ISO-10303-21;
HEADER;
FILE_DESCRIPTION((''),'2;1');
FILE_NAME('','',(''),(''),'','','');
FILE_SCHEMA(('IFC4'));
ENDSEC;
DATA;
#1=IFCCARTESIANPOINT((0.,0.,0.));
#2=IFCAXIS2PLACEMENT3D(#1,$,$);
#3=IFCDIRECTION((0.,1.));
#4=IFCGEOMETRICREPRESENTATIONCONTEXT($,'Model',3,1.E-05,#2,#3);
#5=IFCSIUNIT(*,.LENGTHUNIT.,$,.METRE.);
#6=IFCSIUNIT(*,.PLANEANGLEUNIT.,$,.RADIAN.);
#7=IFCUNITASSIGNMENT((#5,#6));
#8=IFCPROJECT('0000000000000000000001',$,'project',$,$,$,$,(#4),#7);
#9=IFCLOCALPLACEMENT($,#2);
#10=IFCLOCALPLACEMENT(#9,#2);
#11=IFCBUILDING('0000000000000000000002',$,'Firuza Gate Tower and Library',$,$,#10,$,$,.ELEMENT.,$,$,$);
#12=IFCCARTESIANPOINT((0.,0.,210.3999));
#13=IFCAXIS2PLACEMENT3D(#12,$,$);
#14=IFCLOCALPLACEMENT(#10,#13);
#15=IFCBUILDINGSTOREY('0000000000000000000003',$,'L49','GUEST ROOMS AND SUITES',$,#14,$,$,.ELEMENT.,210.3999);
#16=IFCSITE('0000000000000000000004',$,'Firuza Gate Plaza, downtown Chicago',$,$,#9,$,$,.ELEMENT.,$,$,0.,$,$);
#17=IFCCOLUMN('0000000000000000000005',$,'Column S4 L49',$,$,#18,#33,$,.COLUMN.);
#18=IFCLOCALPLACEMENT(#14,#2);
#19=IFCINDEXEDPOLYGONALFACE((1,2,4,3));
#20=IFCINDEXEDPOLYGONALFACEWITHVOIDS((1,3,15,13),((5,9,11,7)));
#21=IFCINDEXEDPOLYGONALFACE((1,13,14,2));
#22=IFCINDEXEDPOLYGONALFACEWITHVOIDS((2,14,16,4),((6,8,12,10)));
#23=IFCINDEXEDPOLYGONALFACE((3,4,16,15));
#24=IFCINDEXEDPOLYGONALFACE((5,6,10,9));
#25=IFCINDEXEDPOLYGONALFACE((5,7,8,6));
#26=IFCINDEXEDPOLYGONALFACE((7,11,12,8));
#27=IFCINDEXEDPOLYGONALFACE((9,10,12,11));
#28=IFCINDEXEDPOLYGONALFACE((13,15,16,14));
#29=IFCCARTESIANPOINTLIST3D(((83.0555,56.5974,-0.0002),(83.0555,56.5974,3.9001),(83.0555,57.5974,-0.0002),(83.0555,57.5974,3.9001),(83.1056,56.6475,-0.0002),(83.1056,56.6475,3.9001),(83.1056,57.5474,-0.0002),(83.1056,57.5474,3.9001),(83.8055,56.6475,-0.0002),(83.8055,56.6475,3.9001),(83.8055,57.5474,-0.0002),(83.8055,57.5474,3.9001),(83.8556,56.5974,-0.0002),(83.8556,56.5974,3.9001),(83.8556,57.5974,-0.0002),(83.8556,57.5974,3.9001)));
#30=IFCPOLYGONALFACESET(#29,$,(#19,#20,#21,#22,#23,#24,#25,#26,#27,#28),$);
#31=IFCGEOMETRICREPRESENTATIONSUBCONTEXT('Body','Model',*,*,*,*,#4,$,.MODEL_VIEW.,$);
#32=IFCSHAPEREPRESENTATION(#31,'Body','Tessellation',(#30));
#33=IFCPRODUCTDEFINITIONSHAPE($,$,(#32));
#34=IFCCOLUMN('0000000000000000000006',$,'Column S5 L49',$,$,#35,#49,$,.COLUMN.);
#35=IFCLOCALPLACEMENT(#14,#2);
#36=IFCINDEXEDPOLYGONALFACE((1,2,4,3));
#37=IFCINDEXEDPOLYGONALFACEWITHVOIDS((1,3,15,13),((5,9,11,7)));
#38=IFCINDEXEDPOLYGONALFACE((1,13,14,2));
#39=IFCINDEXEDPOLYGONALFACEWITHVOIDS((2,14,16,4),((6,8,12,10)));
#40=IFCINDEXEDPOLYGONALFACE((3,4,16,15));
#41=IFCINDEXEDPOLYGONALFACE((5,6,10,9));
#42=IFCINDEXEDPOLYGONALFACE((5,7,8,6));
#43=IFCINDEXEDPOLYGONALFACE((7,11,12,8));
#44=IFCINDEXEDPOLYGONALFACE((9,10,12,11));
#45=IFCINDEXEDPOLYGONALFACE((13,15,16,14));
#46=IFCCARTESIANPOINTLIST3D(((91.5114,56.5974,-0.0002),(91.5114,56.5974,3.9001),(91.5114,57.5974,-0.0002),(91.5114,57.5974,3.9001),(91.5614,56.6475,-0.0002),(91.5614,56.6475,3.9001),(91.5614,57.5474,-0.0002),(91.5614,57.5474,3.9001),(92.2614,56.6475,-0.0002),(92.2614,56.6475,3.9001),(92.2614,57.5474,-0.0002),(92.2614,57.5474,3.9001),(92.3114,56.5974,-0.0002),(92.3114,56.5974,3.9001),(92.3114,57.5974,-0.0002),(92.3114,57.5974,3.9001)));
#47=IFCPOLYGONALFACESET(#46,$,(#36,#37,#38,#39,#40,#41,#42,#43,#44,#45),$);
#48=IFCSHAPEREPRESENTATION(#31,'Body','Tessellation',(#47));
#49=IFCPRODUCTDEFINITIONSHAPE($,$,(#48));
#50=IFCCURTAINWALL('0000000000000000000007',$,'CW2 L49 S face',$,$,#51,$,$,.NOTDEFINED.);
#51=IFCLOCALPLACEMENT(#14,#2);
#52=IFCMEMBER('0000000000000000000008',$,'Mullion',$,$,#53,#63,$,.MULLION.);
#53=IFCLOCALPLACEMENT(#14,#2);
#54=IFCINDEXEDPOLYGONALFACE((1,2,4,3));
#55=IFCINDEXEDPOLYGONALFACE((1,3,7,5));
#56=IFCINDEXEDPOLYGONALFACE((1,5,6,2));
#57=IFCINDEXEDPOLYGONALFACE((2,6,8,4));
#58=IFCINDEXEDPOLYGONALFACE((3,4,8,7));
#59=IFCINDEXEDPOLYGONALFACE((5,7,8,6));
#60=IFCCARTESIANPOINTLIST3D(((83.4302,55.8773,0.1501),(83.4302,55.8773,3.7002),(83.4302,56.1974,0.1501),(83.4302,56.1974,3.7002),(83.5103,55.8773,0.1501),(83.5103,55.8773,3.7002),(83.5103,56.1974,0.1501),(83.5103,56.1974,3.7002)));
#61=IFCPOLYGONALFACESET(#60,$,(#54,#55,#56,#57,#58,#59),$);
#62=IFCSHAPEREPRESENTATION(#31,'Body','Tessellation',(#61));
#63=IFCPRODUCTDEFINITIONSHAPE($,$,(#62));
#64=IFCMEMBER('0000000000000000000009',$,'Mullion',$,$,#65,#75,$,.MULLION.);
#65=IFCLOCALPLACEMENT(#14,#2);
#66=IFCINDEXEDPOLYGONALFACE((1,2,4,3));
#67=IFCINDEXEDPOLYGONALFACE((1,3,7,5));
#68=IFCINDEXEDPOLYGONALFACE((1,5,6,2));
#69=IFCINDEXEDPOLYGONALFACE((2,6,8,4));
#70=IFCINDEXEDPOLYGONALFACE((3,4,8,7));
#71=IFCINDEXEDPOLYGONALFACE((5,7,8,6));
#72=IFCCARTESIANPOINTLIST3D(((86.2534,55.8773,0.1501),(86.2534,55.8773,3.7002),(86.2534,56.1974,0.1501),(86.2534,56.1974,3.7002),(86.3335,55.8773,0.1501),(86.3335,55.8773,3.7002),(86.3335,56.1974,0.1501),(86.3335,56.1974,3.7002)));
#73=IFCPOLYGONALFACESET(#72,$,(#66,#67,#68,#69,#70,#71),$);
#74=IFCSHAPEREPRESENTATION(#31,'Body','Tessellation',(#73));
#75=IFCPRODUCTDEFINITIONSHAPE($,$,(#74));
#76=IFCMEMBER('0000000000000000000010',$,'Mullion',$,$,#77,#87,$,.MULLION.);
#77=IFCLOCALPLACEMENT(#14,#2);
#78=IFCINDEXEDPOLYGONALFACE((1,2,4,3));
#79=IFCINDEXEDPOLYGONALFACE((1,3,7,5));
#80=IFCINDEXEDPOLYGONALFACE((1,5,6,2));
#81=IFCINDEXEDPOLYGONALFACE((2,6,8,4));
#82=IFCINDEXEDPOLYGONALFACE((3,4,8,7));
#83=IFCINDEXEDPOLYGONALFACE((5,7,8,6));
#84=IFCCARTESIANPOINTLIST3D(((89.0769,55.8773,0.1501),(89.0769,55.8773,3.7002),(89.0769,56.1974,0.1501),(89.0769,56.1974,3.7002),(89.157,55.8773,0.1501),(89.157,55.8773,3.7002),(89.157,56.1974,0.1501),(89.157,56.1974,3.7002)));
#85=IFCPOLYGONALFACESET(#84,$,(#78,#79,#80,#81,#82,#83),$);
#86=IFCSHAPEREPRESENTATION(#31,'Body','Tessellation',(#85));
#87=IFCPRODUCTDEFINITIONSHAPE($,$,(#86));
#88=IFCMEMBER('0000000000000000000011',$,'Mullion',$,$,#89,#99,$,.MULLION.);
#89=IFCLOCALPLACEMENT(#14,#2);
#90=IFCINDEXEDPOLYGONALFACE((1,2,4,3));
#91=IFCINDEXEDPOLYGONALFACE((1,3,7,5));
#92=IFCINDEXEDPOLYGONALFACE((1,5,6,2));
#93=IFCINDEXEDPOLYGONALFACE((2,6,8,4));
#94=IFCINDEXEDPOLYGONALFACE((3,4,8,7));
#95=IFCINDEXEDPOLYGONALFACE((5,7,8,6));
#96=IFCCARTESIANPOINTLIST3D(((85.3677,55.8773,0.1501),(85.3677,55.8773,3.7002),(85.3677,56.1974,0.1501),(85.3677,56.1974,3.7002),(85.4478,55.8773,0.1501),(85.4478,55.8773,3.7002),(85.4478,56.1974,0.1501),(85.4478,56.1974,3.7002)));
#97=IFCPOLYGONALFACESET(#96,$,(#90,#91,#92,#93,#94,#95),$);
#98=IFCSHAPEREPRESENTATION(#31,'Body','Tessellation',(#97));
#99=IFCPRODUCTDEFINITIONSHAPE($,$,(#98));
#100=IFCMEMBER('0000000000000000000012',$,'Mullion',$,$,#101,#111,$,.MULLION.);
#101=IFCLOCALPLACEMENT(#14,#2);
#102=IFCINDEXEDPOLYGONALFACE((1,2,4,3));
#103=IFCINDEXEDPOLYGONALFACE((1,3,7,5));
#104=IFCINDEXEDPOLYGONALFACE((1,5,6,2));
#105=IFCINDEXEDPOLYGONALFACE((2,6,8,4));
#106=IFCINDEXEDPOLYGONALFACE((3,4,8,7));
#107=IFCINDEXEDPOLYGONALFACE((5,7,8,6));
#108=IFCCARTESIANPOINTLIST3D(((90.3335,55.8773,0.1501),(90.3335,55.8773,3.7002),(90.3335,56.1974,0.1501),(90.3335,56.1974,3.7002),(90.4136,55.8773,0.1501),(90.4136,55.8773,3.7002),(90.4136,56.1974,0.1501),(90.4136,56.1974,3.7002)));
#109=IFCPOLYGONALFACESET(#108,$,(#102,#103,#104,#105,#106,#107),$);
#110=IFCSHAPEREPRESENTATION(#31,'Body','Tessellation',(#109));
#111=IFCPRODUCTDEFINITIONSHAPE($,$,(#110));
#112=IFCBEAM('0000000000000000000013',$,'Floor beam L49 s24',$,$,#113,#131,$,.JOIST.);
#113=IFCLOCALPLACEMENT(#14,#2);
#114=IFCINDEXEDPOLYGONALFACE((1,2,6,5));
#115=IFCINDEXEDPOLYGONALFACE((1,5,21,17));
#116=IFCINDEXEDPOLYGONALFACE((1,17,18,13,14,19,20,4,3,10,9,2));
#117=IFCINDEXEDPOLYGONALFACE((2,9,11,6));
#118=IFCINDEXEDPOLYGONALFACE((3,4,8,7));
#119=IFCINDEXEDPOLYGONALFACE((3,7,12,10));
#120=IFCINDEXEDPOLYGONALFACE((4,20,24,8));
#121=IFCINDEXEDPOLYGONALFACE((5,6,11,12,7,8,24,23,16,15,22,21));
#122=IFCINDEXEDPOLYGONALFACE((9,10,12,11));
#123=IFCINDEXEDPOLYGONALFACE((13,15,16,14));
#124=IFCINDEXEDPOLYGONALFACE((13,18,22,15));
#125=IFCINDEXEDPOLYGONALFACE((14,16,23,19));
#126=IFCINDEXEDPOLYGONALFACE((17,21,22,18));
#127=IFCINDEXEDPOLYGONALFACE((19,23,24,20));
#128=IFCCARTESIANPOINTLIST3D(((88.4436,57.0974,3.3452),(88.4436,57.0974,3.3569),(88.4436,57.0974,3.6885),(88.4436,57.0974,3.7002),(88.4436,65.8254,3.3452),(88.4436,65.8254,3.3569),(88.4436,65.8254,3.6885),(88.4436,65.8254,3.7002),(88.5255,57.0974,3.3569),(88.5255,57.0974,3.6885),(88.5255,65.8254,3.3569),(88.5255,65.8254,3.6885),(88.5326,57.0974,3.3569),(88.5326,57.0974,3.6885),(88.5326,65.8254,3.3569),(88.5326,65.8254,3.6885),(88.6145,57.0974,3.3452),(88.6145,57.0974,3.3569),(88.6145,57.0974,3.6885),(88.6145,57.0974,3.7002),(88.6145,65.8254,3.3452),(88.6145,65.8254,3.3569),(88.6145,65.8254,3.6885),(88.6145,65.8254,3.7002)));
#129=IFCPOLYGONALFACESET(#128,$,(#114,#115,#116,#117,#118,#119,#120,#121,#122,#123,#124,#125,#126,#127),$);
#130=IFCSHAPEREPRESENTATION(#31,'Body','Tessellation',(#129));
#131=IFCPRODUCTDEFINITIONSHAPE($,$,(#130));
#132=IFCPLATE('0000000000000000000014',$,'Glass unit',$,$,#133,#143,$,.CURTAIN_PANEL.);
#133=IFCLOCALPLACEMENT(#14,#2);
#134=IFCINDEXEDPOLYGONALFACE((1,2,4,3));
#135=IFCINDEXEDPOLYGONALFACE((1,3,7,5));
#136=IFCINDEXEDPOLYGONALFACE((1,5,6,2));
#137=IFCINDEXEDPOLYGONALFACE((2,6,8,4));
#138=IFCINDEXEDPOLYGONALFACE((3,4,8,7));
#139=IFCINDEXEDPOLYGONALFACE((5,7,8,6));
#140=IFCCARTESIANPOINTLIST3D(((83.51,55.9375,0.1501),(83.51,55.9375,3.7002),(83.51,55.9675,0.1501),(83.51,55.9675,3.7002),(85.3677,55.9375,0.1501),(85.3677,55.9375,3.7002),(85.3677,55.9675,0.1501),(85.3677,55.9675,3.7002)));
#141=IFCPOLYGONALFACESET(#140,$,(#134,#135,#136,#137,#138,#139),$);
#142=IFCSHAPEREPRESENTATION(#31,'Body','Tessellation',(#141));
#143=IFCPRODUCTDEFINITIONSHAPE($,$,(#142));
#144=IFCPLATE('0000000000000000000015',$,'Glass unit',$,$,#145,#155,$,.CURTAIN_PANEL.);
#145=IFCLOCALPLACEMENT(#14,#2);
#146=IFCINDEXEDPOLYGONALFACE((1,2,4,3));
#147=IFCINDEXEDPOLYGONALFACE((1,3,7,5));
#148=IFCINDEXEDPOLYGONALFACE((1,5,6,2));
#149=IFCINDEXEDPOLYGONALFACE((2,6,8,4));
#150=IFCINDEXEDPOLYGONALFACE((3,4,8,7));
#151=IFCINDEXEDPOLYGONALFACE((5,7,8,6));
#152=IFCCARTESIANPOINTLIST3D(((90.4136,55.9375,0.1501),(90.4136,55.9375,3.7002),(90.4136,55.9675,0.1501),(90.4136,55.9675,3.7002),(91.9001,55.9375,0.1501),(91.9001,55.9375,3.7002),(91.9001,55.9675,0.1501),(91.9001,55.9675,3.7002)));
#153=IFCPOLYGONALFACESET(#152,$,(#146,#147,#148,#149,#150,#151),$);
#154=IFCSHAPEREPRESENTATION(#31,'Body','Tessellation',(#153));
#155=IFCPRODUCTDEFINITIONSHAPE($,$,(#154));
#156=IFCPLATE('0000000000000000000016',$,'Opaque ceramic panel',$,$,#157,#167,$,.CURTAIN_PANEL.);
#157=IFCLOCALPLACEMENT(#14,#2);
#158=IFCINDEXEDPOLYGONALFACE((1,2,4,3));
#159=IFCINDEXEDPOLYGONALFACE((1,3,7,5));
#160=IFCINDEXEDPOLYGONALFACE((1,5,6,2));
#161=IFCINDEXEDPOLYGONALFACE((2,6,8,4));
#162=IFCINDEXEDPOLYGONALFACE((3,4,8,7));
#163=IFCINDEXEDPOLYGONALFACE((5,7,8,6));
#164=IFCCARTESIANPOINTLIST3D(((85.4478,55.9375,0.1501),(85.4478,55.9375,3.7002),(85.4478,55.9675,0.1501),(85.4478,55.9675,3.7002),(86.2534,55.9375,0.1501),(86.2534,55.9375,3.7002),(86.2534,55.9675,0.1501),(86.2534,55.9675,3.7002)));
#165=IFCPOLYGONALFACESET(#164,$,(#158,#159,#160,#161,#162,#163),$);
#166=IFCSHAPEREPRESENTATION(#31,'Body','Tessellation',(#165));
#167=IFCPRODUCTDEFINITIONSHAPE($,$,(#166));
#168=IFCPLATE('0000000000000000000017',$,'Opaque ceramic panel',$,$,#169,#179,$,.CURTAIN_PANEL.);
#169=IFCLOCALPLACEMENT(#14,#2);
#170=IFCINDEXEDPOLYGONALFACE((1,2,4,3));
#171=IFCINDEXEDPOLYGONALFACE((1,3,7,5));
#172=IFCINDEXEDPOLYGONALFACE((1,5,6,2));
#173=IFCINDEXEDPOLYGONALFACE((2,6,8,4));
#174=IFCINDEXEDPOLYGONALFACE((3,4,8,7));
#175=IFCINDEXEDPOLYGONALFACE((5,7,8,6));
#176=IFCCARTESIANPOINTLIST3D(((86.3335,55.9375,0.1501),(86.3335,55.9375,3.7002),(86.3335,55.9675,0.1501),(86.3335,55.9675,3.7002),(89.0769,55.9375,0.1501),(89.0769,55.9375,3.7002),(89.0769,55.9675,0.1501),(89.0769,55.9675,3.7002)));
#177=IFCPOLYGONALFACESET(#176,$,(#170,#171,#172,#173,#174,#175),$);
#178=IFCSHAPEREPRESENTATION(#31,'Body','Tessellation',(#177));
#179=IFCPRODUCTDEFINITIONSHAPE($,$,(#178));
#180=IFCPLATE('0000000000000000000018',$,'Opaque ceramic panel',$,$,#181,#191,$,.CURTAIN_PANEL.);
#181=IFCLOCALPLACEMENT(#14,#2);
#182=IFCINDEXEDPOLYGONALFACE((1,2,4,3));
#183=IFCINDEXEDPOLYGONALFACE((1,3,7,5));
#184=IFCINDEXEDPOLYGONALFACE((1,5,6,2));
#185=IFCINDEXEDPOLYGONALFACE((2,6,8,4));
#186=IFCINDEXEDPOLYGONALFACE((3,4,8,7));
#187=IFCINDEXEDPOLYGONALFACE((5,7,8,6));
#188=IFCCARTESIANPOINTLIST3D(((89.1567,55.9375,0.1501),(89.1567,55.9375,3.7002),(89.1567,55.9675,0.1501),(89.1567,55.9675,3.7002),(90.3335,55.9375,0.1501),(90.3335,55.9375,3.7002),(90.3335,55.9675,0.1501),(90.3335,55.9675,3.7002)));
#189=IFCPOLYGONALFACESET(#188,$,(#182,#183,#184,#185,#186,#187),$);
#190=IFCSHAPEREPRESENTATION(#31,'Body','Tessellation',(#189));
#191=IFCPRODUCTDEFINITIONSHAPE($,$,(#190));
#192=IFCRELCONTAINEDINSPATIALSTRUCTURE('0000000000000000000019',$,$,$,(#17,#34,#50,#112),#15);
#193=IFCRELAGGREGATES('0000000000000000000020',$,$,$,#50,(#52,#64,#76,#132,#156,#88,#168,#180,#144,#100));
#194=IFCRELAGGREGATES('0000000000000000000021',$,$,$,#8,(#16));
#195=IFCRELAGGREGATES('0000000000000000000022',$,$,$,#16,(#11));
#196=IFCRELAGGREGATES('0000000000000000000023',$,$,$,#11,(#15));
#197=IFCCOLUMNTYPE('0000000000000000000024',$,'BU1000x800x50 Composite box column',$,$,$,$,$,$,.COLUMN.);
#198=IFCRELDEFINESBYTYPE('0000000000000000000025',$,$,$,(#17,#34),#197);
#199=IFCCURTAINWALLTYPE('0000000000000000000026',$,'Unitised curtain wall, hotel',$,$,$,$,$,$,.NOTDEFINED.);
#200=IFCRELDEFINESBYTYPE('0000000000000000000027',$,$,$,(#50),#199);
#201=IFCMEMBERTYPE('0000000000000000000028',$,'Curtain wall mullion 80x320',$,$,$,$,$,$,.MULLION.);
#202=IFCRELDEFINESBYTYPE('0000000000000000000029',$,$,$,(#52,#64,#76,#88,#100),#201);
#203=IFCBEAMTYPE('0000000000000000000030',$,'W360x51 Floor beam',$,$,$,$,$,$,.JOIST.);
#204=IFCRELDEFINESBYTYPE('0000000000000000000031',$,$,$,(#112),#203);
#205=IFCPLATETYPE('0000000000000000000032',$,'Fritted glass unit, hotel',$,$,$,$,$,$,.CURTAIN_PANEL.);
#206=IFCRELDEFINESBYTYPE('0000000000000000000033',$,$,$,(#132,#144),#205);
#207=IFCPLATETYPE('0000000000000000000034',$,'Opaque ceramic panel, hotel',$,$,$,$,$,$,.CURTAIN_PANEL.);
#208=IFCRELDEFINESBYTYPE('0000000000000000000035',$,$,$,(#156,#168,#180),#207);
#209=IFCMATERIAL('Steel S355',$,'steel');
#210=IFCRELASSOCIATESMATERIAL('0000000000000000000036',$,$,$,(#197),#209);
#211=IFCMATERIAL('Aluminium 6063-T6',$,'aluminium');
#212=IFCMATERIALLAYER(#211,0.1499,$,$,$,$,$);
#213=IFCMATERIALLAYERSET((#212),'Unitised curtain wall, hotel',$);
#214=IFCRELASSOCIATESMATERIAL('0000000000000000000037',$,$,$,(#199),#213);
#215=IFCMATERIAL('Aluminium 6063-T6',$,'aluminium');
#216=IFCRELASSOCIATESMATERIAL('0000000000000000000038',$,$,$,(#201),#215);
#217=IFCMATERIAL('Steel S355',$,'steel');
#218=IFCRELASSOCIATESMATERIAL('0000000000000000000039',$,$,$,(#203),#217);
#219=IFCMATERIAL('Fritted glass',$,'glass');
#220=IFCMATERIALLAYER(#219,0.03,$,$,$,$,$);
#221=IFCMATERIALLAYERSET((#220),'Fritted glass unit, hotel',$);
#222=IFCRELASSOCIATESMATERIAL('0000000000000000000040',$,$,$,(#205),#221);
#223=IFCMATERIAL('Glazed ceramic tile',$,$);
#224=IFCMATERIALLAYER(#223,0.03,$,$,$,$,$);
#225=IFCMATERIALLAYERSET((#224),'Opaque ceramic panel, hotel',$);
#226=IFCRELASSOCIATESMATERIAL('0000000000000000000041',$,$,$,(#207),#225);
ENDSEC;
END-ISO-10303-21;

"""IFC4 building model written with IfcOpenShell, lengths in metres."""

from ifc_helpers import new_model, si_unit, direction, frame, origin, origin_2d, place, context, subcontext, project, spatial, polyline, rectangle, hollow_rectangle, i_section, outline, extrude, material, layer, layer_set, material_profile, profile_set, type_object, element, aggregate, save


model = new_model("IFC4")

# Units and contexts
model_context = context("Model", 3, precision=1e-05, world=origin(), true_north=direction((0.0, 1.0)))
body_context = subcontext(model_context, "Body", "Model", "MODEL_VIEW")
ifc_project = project(units=[si_unit("LENGTHUNIT", "METRE"), si_unit("PLANEANGLEUNIT", "RADIAN")], contexts=[model_context])

# Site, building, storey
site_placement = place(None, origin())
site = spatial("IfcSite", under=ifc_project, at=site_placement, Name="Firuza Gate Plaza, downtown Chicago", CompositionType="ELEMENT", RefElevation=0.0)
building_placement = place(site_placement, origin())
building = spatial("IfcBuilding", under=site, at=building_placement, Name="Firuza Gate Tower and Library", CompositionType="ELEMENT")
storey_placement = place(building_placement, frame((0.0, 0.0, 210.3999)))
storey = spatial("IfcBuildingStorey", under=building, at=storey_placement, Name="L49", Description="GUEST ROOMS AND SUITES", CompositionType="ELEMENT", Elevation=210.3999)

# Columns
ifc_material_1 = material(Name="Steel S355", Category="steel")
ifc_material_profile_1 = material_profile(ifc_material_1, hollow_rectangle(XDim=0.8, YDim=1.0, WallThickness=0.05, at=origin_2d()))
ifc_profile_set_1 = profile_set([ifc_material_profile_1], Name="Steel S355")
column_type = type_object("IfcColumnType", Name="BU1000x800x50 Composite box column", PredefinedType="COLUMN", material=ifc_profile_set_1)
for number, where, z_axis, x_axis, name in (
    (1, (83.4556, 57.0974, -0.0002), (0.0, 0.0, 1.0), (1.0, 0.0, 0.0), "Column S4 L49"),
    (2, (91.9114, 57.0974, -0.0002), (0.0, 0.0, 1.0), (1.0, 0.0, 0.0), "Column S5 L49"),
):
    element("IfcColumn", number, at=place(storey_placement, frame(where, z_axis=z_axis, x_axis=x_axis)), inside=storey, type_object=column_type, Name=name, PredefinedType="COLUMN", context=body_context, shape_type="SweptSolid", body=[
        extrude(hollow_rectangle(XDim=0.8, YDim=1.0, WallThickness=0.05, at=origin_2d()), origin(), (0.0, 0.0, 1.0), 3.9004),
    ])

# Curtain wall, members
ifc_material_2 = material(Name="Aluminium 6063-T6", Category="aluminium")
ifc_layer_1 = layer(ifc_material_2, 0.1499)
ifc_layer_set_1 = layer_set([ifc_layer_1], Name="Unitised curtain wall, hotel")
curtain_wall_type = type_object("IfcCurtainWallType", Name="Unitised curtain wall, hotel", PredefinedType="NOTDEFINED", material=ifc_layer_set_1)
curtain_wall_placement = place(storey_placement, origin())
curtain_wall = element("IfcCurtainWall", 3, at=curtain_wall_placement, inside=storey, type_object=curtain_wall_type, Name="CW2 L49 S face", PredefinedType="NOTDEFINED")
ifc_material_3 = material(Name="Aluminium 6063-T6", Category="aluminium")
ifc_material_profile_2 = material_profile(ifc_material_3, rectangle(XDim=0.3201, YDim=0.0801, at=origin_2d()))
ifc_profile_set_2 = profile_set([ifc_material_profile_2], Name="Aluminium 6063-T6")
member_type = type_object("IfcMemberType", Name="Curtain wall mullion 80x320", PredefinedType="MULLION", material=ifc_profile_set_2)
member_1_placement = place(storey_placement, frame((83.4702, 56.0374, 0.1501), z_axis=(0.0, 0.0, 1.0), x_axis=(0.0, 1.0, 0.0)))
member_1 = element("IfcMember", 4, at=member_1_placement, type_object=member_type, Name="Mullion", PredefinedType="MULLION", context=body_context, shape_type="SweptSolid", body=[
    extrude(rectangle(XDim=0.3201, YDim=0.0801, at=origin_2d()), origin(), (0.0, 0.0, 1.0), 3.55),
])
member_2_placement = place(storey_placement, frame((86.2935, 56.0374, 0.1501), z_axis=(0.0, 0.0, 1.0), x_axis=(0.0, 1.0, 0.0)))
member_2 = element("IfcMember", 5, at=member_2_placement, type_object=member_type, Name="Mullion", PredefinedType="MULLION", context=body_context, shape_type="SweptSolid", body=[
    extrude(rectangle(XDim=0.3201, YDim=0.0801, at=origin_2d()), origin(), (0.0, 0.0, 1.0), 3.55),
])
member_3_placement = place(storey_placement, frame((89.1169, 56.0374, 0.1501), z_axis=(0.0, 0.0, 1.0), x_axis=(0.0, 1.0, 0.0)))
member_3 = element("IfcMember", 6, at=member_3_placement, type_object=member_type, Name="Mullion", PredefinedType="MULLION", context=body_context, shape_type="SweptSolid", body=[
    extrude(rectangle(XDim=0.3201, YDim=0.0801, at=origin_2d()), origin(), (0.0, 0.0, 1.0), 3.55),
])
member_4_placement = place(storey_placement, frame((85.4077, 56.0374, 0.1501), z_axis=(0.0, 0.0, 1.0), x_axis=(0.0, 1.0, 0.0)))
member_4 = element("IfcMember", 7, at=member_4_placement, type_object=member_type, Name="Mullion", PredefinedType="MULLION", context=body_context, shape_type="SweptSolid", body=[
    extrude(rectangle(XDim=0.3201, YDim=0.0801, at=origin_2d()), origin(), (0.0, 0.0, 1.0), 3.55),
])
member_5_placement = place(storey_placement, frame((90.3735, 56.0374, 0.1501), z_axis=(0.0, 0.0, 1.0), x_axis=(0.0, 1.0, 0.0)))
member_5 = element("IfcMember", 8, at=member_5_placement, type_object=member_type, Name="Mullion", PredefinedType="MULLION", context=body_context, shape_type="SweptSolid", body=[
    extrude(rectangle(XDim=0.3201, YDim=0.0801, at=origin_2d()), origin(), (0.0, 0.0, 1.0), 3.55),
])

# Beam
ifc_material_4 = material(Name="Steel S355", Category="steel")
ifc_material_profile_3 = material_profile(ifc_material_4, i_section(OverallWidth=0.1709, OverallDepth=0.355, WebThickness=0.0071, FlangeThickness=0.0117, at=origin_2d()))
ifc_profile_set_3 = profile_set([ifc_material_profile_3], Name="Steel S355")
beam_type = type_object("IfcBeamType", Name="W360x51 Floor beam", PredefinedType="JOIST", material=ifc_profile_set_3)
beam_placement = place(storey_placement, frame((88.5291, 57.0974, 3.5227), z_axis=(0.0, 1.0, 0.0), x_axis=(-1.0, 0.0, 0.0)))
element("IfcBeam", 9, at=beam_placement, inside=storey, type_object=beam_type, Name="Floor beam L49 s24", PredefinedType="JOIST", context=body_context, shape_type="SweptSolid", body=[
    extrude(i_section(OverallWidth=0.1709, OverallDepth=0.355, WebThickness=0.0071, FlangeThickness=0.0117, at=origin_2d()), origin(), (0.0, 0.0, 1.0), 8.728),
])

# Plates
ifc_material_5 = material(Name="Fritted glass", Category="glass")
ifc_layer_2 = layer(ifc_material_5, 0.03)
ifc_layer_set_2 = layer_set([ifc_layer_2], Name="Fritted glass unit, hotel")
plate_type_1 = type_object("IfcPlateType", Name="Fritted glass unit, hotel", PredefinedType="CURTAIN_PANEL", material=ifc_layer_set_2)
plate_1_placement = place(storey_placement, frame((83.51, 55.9375, 0.1501), z_axis=(0.0, -1.0, 0.0), x_axis=(1.0, 0.0, 0.0)))
plate_1 = element("IfcPlate", 10, at=plate_1_placement, type_object=plate_type_1, Name="Glass unit", PredefinedType="CURTAIN_PANEL", context=body_context, shape_type="SweptSolid", body=[
    extrude(outline(polyline([(0.0, 0.0), (1.8577, 0.0), (1.8577, 3.55), (0.0, 3.55), (0.0, 0.0)])), origin(), (0.0, 0.0, -1.0), 0.03),
])
plate_2_placement = place(storey_placement, frame((90.4136, 55.9375, 0.1501), z_axis=(0.0, -1.0, 0.0), x_axis=(1.0, 0.0, 0.0)))
plate_2 = element("IfcPlate", 11, at=plate_2_placement, type_object=plate_type_1, Name="Glass unit", PredefinedType="CURTAIN_PANEL", context=body_context, shape_type="SweptSolid", body=[
    extrude(outline(polyline([(0.0, 0.0), (1.4866, 0.0), (1.4866, 3.55), (0.0, 3.55), (0.0, 0.0)])), origin(), (0.0, 0.0, -1.0), 0.03),
])
ifc_material_6 = material(Name="Glazed ceramic tile")
ifc_layer_3 = layer(ifc_material_6, 0.03)
ifc_layer_set_3 = layer_set([ifc_layer_3], Name="Opaque ceramic panel, hotel")
plate_type_2 = type_object("IfcPlateType", Name="Opaque ceramic panel, hotel", PredefinedType="CURTAIN_PANEL", material=ifc_layer_set_3)
plate_3_placement = place(storey_placement, frame((85.4478, 55.9375, 0.1501), z_axis=(0.0, -1.0, 0.0), x_axis=(1.0, 0.0, 0.0)))
plate_3 = element("IfcPlate", 12, at=plate_3_placement, type_object=plate_type_2, Name="Opaque ceramic panel", PredefinedType="CURTAIN_PANEL", context=body_context, shape_type="SweptSolid", body=[
    extrude(outline(polyline([(0.0, 0.0), (0.8057, 0.0), (0.8057, 3.55), (0.0, 3.55), (0.0, 0.0)])), origin(), (0.0, 0.0, -1.0), 0.03),
])
plate_4_placement = place(storey_placement, frame((86.3335, 55.9375, 0.1501), z_axis=(0.0, -1.0, 0.0), x_axis=(1.0, 0.0, 0.0)))
plate_4 = element("IfcPlate", 13, at=plate_4_placement, type_object=plate_type_2, Name="Opaque ceramic panel", PredefinedType="CURTAIN_PANEL", context=body_context, shape_type="SweptSolid", body=[
    extrude(outline(polyline([(0.0, 0.0), (2.7434, 0.0), (2.7434, 3.55), (0.0, 3.55), (0.0, 0.0)])), origin(), (0.0, 0.0, -1.0), 0.03),
])
plate_5_placement = place(storey_placement, frame((89.1567, 55.9375, 0.1501), z_axis=(0.0, -1.0, 0.0), x_axis=(1.0, 0.0, 0.0)))
plate_5 = element("IfcPlate", 14, at=plate_5_placement, type_object=plate_type_2, Name="Opaque ceramic panel", PredefinedType="CURTAIN_PANEL", context=body_context, shape_type="SweptSolid", body=[
    extrude(outline(polyline([(0.0, 0.0), (1.1768, 0.0), (1.1768, 3.55), (0.0, 3.55), (0.0, 0.0)])), origin(), (0.0, 0.0, -1.0), 0.03),
])
aggregate(curtain_wall, [member_1, member_2, member_3, plate_1, plate_3, member_4, plate_4, plate_5, plate_2, member_5])

save(model, "model.ifc")
